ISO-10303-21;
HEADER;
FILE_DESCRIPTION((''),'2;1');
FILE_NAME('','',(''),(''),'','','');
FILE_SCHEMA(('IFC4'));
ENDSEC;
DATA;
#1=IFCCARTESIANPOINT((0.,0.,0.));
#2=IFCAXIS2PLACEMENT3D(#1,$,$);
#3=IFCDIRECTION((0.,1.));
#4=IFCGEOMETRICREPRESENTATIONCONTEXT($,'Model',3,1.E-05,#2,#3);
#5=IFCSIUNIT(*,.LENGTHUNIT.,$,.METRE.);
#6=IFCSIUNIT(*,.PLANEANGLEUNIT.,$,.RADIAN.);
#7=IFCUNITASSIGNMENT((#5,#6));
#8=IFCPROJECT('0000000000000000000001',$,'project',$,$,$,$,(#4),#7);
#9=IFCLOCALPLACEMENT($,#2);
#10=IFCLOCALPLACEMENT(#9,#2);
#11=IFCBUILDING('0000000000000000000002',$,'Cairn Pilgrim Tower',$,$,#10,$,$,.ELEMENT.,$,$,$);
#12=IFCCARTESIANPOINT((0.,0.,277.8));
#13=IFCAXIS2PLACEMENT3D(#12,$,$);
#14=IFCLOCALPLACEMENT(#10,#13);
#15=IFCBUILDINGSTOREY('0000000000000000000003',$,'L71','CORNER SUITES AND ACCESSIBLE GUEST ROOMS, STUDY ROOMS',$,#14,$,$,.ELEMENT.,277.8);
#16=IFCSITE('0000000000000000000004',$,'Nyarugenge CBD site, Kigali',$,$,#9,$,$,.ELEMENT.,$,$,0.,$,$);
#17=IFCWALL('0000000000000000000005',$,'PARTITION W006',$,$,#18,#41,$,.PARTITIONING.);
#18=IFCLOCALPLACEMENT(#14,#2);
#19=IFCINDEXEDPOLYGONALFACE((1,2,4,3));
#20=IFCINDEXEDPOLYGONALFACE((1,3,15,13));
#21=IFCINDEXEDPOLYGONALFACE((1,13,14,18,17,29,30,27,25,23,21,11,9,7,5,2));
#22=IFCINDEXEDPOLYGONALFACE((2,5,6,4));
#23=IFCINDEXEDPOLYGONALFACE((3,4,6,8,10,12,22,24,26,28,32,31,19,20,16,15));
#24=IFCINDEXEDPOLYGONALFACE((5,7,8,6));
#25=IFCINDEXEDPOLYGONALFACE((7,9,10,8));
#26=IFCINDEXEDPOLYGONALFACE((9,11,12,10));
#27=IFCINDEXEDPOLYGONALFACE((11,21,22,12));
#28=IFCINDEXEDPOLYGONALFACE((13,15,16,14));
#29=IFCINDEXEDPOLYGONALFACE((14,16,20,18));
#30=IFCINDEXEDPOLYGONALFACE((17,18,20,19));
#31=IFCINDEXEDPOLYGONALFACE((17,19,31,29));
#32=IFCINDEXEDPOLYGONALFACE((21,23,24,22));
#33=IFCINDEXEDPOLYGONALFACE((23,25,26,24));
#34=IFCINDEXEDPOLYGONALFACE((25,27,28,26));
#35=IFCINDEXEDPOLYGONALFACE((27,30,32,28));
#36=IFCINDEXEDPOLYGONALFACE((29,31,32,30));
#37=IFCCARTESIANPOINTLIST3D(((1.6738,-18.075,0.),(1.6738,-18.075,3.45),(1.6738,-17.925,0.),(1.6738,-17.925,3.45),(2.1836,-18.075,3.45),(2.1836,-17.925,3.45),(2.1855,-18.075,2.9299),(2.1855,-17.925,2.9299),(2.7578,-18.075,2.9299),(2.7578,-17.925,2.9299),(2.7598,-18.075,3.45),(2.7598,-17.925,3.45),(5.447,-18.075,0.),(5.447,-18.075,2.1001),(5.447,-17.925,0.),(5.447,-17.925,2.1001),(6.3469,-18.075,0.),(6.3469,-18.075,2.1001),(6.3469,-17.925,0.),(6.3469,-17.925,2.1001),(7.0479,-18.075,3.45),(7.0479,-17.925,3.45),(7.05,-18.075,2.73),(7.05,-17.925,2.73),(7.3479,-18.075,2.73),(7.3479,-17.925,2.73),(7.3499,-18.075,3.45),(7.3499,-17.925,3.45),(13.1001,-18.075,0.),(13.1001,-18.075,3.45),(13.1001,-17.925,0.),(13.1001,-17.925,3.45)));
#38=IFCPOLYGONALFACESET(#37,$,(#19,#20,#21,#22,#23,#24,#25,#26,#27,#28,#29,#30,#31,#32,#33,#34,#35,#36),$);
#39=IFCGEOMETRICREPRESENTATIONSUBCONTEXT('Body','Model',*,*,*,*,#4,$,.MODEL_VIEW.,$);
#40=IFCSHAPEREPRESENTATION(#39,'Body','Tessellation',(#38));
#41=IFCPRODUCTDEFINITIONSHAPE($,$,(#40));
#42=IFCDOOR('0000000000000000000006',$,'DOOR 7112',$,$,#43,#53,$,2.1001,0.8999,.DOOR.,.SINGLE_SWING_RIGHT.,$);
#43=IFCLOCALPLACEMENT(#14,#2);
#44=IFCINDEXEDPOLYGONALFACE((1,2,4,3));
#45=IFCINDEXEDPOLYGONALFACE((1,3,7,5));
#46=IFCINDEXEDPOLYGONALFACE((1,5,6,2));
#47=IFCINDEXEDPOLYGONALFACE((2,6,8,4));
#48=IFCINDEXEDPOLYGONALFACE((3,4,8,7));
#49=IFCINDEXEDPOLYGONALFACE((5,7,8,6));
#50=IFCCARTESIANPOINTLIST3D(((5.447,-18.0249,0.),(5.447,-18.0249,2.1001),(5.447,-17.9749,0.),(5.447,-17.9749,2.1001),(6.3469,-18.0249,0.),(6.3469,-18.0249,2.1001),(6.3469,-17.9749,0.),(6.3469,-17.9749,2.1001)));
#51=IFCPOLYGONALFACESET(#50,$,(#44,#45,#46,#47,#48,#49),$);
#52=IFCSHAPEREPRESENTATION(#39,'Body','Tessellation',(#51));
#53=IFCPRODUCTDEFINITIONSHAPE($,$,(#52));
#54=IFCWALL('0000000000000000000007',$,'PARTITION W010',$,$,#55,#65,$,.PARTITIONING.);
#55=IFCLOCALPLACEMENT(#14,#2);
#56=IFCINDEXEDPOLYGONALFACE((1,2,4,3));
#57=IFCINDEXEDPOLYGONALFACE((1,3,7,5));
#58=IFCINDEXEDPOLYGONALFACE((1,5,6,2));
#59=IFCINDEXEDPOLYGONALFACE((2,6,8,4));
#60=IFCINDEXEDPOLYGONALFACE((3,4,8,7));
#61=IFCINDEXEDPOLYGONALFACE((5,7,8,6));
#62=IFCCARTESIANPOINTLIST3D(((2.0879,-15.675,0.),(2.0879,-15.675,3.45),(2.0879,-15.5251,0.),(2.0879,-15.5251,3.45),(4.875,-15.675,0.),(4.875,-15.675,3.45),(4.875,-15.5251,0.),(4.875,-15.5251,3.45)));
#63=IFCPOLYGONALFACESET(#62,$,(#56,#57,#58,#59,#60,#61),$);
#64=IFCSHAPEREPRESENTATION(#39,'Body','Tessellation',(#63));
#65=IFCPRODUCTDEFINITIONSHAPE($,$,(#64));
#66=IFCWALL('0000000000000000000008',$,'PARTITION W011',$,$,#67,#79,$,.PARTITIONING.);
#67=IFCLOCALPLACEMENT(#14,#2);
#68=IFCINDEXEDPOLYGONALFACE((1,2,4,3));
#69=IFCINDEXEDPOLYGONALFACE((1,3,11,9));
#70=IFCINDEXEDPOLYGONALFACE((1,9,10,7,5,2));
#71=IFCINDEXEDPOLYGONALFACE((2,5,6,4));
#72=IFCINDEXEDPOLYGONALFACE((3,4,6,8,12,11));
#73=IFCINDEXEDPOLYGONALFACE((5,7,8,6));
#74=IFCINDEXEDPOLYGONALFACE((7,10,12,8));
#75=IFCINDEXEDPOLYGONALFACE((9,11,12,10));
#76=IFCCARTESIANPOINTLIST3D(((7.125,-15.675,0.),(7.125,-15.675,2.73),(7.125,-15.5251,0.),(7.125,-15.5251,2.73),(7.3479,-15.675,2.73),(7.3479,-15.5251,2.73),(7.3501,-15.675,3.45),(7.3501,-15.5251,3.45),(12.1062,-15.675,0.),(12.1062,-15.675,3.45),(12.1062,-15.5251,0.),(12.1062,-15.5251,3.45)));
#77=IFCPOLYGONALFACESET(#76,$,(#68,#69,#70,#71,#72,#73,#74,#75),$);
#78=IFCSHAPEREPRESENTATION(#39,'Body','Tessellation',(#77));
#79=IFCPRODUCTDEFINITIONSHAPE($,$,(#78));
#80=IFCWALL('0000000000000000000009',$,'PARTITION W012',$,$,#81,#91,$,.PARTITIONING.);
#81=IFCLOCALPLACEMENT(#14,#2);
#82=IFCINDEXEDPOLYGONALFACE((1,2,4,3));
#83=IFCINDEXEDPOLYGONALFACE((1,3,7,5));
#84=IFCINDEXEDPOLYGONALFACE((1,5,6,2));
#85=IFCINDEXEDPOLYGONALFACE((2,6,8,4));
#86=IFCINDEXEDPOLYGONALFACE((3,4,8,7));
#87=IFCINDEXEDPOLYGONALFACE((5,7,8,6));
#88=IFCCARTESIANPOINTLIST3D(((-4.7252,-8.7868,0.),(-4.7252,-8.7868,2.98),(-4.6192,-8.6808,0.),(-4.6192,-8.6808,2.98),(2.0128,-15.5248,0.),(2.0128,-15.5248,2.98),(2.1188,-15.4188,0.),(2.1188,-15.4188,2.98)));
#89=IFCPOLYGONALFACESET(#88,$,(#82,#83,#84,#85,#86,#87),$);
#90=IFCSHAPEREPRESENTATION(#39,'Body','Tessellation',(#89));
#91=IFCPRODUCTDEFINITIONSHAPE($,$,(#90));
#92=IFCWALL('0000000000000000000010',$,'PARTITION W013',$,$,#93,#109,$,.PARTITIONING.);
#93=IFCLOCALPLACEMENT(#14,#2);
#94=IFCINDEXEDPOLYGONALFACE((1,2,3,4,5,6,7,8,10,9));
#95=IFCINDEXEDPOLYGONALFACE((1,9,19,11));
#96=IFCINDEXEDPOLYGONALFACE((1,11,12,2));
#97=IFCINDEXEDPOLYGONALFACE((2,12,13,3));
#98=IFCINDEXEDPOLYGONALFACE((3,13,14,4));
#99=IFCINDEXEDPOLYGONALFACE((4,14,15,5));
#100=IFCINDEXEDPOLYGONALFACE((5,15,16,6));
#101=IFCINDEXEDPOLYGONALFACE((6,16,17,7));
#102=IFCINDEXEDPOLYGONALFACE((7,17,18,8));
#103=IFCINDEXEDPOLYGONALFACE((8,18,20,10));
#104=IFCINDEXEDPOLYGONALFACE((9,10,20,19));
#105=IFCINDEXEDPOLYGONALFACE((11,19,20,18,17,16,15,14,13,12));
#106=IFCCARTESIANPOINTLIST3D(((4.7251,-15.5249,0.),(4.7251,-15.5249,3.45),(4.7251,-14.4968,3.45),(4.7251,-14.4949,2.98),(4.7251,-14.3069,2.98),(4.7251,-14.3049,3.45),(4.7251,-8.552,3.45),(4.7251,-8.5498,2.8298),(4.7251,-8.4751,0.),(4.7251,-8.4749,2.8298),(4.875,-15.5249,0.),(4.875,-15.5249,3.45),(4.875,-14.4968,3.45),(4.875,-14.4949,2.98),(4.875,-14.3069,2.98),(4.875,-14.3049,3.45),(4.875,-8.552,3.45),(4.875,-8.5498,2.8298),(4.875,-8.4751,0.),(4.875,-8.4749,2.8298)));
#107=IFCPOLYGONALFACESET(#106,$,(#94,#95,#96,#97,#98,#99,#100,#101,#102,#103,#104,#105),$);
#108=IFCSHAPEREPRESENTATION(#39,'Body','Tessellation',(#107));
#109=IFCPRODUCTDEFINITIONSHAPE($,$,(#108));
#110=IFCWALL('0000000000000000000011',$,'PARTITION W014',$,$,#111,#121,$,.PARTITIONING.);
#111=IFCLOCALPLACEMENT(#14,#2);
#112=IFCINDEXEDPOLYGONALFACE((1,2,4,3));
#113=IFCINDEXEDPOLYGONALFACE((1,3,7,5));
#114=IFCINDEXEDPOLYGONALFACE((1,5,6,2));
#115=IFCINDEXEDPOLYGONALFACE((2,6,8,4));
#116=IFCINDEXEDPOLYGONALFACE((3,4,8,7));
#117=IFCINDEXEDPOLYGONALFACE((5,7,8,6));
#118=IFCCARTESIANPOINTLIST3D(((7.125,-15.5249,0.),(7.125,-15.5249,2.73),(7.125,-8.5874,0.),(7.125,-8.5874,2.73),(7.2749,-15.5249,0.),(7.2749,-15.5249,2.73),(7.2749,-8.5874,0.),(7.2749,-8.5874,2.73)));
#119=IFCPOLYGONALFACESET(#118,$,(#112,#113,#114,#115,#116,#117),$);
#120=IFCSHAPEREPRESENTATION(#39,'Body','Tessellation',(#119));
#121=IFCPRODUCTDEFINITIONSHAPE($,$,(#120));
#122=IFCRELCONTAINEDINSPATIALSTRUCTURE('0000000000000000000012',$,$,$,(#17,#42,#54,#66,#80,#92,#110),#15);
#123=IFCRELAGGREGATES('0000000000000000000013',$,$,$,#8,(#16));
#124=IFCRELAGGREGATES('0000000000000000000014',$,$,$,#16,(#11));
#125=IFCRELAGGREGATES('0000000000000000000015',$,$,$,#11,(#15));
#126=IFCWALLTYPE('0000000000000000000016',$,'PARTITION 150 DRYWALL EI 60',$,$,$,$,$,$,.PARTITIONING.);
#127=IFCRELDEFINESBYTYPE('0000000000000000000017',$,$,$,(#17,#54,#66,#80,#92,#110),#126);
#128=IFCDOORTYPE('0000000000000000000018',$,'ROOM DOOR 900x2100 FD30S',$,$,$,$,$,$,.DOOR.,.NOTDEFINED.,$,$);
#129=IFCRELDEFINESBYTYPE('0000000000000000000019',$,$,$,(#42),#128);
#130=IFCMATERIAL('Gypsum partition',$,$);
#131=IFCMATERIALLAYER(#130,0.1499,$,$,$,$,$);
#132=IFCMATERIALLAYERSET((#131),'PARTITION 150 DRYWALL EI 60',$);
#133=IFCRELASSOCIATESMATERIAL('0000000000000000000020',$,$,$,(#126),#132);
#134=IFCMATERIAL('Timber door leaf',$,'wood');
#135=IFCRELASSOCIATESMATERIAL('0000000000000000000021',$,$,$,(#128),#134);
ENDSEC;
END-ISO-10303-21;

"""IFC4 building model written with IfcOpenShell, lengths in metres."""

from ifc_helpers import new_model, si_unit, direction, frame, frame_2d, origin, place, context, subcontext, project, spatial, polyline, rectangle, outline, extrude, material, layer, layer_set, type_object, element, fill, save


model = new_model("IFC4")

# Units and contexts
model_context = context("Model", 3, precision=1e-05, world=origin(), true_north=direction((0.0, 1.0)))
body_context = subcontext(model_context, "Body", "Model", "MODEL_VIEW")
ifc_project = project(units=[si_unit("LENGTHUNIT", "METRE"), si_unit("PLANEANGLEUNIT", "RADIAN")], contexts=[model_context])

# Site, building, storey
site_placement = place(None, origin())
site = spatial("IfcSite", under=ifc_project, at=site_placement, Name="Nyarugenge CBD site, Kigali", CompositionType="ELEMENT", RefElevation=0.0)
building_placement = place(site_placement, origin())
building = spatial("IfcBuilding", under=site, at=building_placement, Name="Cairn Pilgrim Tower", CompositionType="ELEMENT")
storey_placement = place(building_placement, frame((0.0, 0.0, 277.8)))
storey = spatial("IfcBuildingStorey", under=building, at=storey_placement, Name="L71", Description="CORNER SUITES AND ACCESSIBLE GUEST ROOMS, STUDY ROOMS", CompositionType="ELEMENT", Elevation=277.8)

# Shared definitions
ifc_material_1 = material(Name="Gypsum partition")
ifc_material_2 = material(Name="Timber door leaf", Category="wood")

# Wall, opening, door
ifc_layer_1 = layer(ifc_material_1, 0.1499)
ifc_layer_set_1 = layer_set([ifc_layer_1], Name="PARTITION 150 DRYWALL EI 60")
wall_type_1 = type_object("IfcWallType", Name="PARTITION 150 DRYWALL EI 60", PredefinedType="PARTITIONING", material=ifc_layer_set_1)
wall_1_placement = place(storey_placement, frame((1.6738, -18.0, 0.0), z_axis=(0.0, 0.0, 1.0), x_axis=(1.0, 0.0, 0.0)))
wall_1 = element("IfcWall", 1, at=wall_1_placement, inside=storey, type_object=wall_type_1, Name="PARTITION W006", PredefinedType="PARTITIONING", context=body_context, shape_type="SweptSolid", body=[
    extrude(outline(polyline([(0.0, 0.0), (11.4263, 0.0), (11.4263, 3.45), (5.676, 3.45), (5.6741, 2.73), (5.3762, 2.73), (5.374, 3.45), (1.0859, 3.45), (1.084, 2.9299), (0.5117, 2.9299), (0.5098, 3.45), (0.0, 3.45), (0.0, 0.0)])), frame((0.0, 0.075, 0.0), z_axis=(0.0, -1.0, 0.0), x_axis=(1.0, 0.0, 0.0)), (0.0, 0.0, 1.0), 0.1499),
])
opening_1_placement = place(wall_1_placement, frame((3.7732, 0.0, 0.0)))
opening_1 = element("IfcOpeningElement", 2, at=opening_1_placement, cuts=wall_1, PredefinedType="OPENING", context=body_context, shape_type="SweptSolid", body=[
    extrude(rectangle(XDim=0.8999, YDim=2.1001, at=frame_2d((0.45, 1.05))), frame((0.0, 0.085, 0.0), z_axis=(0.0, -1.0, 0.0), x_axis=(1.0, 0.0, 0.0)), (0.0, 0.0, 1.0), 0.1699),
])
door_type_1 = type_object("IfcDoorType", Name="ROOM DOOR 900x2100 FD30S", OperationType="NOTDEFINED", PredefinedType="DOOR", material=ifc_material_2)
door_1_placement = place(opening_1_placement, frame((0.8999, 0.0, 0.0), z_axis=(0.0, 0.0, 1.0), x_axis=(-1.0, 0.0, 0.0)))
door_1 = element("IfcDoor", 3, at=door_1_placement, inside=storey, type_object=door_type_1, Name="DOOR 7112", OperationType="SINGLE_SWING_RIGHT", OverallHeight=2.1001, OverallWidth=0.8999, PredefinedType="DOOR", context=body_context, shape_type="SweptSolid", body=[
    extrude(rectangle(XDim=0.8999, YDim=2.1001, at=frame_2d((0.45, 1.05))), frame((0.0, 0.0249, 0.0), z_axis=(0.0, -1.0, 0.0), x_axis=(1.0, 0.0, 0.0)), (0.0, 0.0, 1.0), 0.05),
])
fill(opening_1, door_1)

# Walls
wall_2_placement = place(storey_placement, frame((2.0879, -15.6001, 0.0), z_axis=(0.0, 0.0, 1.0), x_axis=(1.0, 0.0, 0.0)))
element("IfcWall", 4, at=wall_2_placement, inside=storey, type_object=wall_type_1, Name="PARTITION W010", PredefinedType="PARTITIONING", context=body_context, shape_type="SweptSolid", body=[
    extrude(rectangle(XDim=2.7871, YDim=0.1499, at=frame_2d((1.3936, 0.0))), origin(), (0.0, 0.0, 1.0), 3.45),
])
wall_3_placement = place(storey_placement, frame((7.125, -15.6001, 0.0), z_axis=(0.0, 0.0, 1.0), x_axis=(1.0, 0.0, 0.0)))
element("IfcWall", 5, at=wall_3_placement, inside=storey, type_object=wall_type_1, Name="PARTITION W011", PredefinedType="PARTITIONING", context=body_context, shape_type="SweptSolid", body=[
    extrude(outline(polyline([(0.0, 0.0), (4.9812, 0.0), (4.9812, 3.45), (0.2251, 3.45), (0.2229, 2.73), (0.0, 2.73), (0.0, 0.0)])), frame((0.0, 0.075, 0.0), z_axis=(0.0, -1.0, 0.0), x_axis=(1.0, 0.0, 0.0)), (0.0, 0.0, 1.0), 0.1499),
])
wall_4_placement = place(storey_placement, frame((2.0659, -15.4719, 0.0), z_axis=(0.0, 0.0, 1.0), x_axis=(-0.707107, 0.707107, 0.0)))
element("IfcWall", 6, at=wall_4_placement, inside=storey, type_object=wall_type_1, Name="PARTITION W012", PredefinedType="PARTITIONING", context=body_context, shape_type="SweptSolid", body=[
    extrude(rectangle(XDim=9.5291, YDim=0.1499, at=frame_2d((4.7646, 0.0))), origin(), (0.0, 0.0, 1.0), 2.98),
])
wall_5_placement = place(storey_placement, frame((4.8, -15.5249, 0.0), z_axis=(0.0, 0.0, 1.0), x_axis=(0.0, 1.0, 0.0)))
element("IfcWall", 7, at=wall_5_placement, inside=storey, type_object=wall_type_1, Name="PARTITION W013", PredefinedType="PARTITIONING", context=body_context, shape_type="SweptSolid", body=[
    extrude(outline(polyline([(0.0, 0.0), (7.0498, 0.0), (7.05, 2.8298), (6.9751, 2.8298), (6.9729, 3.45), (1.22, 3.45), (1.218, 2.98), (1.03, 2.98), (1.0281, 3.45), (0.0, 3.45), (0.0, 0.0)])), frame((0.0, 0.075, 0.0), z_axis=(0.0, -1.0, 0.0), x_axis=(1.0, 0.0, 0.0)), (0.0, 0.0, 1.0), 0.1499),
])
wall_6_placement = place(storey_placement, frame((7.2, -15.5249, 0.0), z_axis=(0.0, 0.0, 1.0), x_axis=(0.0, 1.0, 0.0)))
element("IfcWall", 8, at=wall_6_placement, inside=storey, type_object=wall_type_1, Name="PARTITION W014", PredefinedType="PARTITIONING", context=body_context, shape_type="SweptSolid", body=[
    extrude(rectangle(XDim=6.9375, YDim=0.1499, at=frame_2d((3.4688, 0.0))), origin(), (0.0, 0.0, 1.0), 2.73),
])

save(model, "model.ifc")
